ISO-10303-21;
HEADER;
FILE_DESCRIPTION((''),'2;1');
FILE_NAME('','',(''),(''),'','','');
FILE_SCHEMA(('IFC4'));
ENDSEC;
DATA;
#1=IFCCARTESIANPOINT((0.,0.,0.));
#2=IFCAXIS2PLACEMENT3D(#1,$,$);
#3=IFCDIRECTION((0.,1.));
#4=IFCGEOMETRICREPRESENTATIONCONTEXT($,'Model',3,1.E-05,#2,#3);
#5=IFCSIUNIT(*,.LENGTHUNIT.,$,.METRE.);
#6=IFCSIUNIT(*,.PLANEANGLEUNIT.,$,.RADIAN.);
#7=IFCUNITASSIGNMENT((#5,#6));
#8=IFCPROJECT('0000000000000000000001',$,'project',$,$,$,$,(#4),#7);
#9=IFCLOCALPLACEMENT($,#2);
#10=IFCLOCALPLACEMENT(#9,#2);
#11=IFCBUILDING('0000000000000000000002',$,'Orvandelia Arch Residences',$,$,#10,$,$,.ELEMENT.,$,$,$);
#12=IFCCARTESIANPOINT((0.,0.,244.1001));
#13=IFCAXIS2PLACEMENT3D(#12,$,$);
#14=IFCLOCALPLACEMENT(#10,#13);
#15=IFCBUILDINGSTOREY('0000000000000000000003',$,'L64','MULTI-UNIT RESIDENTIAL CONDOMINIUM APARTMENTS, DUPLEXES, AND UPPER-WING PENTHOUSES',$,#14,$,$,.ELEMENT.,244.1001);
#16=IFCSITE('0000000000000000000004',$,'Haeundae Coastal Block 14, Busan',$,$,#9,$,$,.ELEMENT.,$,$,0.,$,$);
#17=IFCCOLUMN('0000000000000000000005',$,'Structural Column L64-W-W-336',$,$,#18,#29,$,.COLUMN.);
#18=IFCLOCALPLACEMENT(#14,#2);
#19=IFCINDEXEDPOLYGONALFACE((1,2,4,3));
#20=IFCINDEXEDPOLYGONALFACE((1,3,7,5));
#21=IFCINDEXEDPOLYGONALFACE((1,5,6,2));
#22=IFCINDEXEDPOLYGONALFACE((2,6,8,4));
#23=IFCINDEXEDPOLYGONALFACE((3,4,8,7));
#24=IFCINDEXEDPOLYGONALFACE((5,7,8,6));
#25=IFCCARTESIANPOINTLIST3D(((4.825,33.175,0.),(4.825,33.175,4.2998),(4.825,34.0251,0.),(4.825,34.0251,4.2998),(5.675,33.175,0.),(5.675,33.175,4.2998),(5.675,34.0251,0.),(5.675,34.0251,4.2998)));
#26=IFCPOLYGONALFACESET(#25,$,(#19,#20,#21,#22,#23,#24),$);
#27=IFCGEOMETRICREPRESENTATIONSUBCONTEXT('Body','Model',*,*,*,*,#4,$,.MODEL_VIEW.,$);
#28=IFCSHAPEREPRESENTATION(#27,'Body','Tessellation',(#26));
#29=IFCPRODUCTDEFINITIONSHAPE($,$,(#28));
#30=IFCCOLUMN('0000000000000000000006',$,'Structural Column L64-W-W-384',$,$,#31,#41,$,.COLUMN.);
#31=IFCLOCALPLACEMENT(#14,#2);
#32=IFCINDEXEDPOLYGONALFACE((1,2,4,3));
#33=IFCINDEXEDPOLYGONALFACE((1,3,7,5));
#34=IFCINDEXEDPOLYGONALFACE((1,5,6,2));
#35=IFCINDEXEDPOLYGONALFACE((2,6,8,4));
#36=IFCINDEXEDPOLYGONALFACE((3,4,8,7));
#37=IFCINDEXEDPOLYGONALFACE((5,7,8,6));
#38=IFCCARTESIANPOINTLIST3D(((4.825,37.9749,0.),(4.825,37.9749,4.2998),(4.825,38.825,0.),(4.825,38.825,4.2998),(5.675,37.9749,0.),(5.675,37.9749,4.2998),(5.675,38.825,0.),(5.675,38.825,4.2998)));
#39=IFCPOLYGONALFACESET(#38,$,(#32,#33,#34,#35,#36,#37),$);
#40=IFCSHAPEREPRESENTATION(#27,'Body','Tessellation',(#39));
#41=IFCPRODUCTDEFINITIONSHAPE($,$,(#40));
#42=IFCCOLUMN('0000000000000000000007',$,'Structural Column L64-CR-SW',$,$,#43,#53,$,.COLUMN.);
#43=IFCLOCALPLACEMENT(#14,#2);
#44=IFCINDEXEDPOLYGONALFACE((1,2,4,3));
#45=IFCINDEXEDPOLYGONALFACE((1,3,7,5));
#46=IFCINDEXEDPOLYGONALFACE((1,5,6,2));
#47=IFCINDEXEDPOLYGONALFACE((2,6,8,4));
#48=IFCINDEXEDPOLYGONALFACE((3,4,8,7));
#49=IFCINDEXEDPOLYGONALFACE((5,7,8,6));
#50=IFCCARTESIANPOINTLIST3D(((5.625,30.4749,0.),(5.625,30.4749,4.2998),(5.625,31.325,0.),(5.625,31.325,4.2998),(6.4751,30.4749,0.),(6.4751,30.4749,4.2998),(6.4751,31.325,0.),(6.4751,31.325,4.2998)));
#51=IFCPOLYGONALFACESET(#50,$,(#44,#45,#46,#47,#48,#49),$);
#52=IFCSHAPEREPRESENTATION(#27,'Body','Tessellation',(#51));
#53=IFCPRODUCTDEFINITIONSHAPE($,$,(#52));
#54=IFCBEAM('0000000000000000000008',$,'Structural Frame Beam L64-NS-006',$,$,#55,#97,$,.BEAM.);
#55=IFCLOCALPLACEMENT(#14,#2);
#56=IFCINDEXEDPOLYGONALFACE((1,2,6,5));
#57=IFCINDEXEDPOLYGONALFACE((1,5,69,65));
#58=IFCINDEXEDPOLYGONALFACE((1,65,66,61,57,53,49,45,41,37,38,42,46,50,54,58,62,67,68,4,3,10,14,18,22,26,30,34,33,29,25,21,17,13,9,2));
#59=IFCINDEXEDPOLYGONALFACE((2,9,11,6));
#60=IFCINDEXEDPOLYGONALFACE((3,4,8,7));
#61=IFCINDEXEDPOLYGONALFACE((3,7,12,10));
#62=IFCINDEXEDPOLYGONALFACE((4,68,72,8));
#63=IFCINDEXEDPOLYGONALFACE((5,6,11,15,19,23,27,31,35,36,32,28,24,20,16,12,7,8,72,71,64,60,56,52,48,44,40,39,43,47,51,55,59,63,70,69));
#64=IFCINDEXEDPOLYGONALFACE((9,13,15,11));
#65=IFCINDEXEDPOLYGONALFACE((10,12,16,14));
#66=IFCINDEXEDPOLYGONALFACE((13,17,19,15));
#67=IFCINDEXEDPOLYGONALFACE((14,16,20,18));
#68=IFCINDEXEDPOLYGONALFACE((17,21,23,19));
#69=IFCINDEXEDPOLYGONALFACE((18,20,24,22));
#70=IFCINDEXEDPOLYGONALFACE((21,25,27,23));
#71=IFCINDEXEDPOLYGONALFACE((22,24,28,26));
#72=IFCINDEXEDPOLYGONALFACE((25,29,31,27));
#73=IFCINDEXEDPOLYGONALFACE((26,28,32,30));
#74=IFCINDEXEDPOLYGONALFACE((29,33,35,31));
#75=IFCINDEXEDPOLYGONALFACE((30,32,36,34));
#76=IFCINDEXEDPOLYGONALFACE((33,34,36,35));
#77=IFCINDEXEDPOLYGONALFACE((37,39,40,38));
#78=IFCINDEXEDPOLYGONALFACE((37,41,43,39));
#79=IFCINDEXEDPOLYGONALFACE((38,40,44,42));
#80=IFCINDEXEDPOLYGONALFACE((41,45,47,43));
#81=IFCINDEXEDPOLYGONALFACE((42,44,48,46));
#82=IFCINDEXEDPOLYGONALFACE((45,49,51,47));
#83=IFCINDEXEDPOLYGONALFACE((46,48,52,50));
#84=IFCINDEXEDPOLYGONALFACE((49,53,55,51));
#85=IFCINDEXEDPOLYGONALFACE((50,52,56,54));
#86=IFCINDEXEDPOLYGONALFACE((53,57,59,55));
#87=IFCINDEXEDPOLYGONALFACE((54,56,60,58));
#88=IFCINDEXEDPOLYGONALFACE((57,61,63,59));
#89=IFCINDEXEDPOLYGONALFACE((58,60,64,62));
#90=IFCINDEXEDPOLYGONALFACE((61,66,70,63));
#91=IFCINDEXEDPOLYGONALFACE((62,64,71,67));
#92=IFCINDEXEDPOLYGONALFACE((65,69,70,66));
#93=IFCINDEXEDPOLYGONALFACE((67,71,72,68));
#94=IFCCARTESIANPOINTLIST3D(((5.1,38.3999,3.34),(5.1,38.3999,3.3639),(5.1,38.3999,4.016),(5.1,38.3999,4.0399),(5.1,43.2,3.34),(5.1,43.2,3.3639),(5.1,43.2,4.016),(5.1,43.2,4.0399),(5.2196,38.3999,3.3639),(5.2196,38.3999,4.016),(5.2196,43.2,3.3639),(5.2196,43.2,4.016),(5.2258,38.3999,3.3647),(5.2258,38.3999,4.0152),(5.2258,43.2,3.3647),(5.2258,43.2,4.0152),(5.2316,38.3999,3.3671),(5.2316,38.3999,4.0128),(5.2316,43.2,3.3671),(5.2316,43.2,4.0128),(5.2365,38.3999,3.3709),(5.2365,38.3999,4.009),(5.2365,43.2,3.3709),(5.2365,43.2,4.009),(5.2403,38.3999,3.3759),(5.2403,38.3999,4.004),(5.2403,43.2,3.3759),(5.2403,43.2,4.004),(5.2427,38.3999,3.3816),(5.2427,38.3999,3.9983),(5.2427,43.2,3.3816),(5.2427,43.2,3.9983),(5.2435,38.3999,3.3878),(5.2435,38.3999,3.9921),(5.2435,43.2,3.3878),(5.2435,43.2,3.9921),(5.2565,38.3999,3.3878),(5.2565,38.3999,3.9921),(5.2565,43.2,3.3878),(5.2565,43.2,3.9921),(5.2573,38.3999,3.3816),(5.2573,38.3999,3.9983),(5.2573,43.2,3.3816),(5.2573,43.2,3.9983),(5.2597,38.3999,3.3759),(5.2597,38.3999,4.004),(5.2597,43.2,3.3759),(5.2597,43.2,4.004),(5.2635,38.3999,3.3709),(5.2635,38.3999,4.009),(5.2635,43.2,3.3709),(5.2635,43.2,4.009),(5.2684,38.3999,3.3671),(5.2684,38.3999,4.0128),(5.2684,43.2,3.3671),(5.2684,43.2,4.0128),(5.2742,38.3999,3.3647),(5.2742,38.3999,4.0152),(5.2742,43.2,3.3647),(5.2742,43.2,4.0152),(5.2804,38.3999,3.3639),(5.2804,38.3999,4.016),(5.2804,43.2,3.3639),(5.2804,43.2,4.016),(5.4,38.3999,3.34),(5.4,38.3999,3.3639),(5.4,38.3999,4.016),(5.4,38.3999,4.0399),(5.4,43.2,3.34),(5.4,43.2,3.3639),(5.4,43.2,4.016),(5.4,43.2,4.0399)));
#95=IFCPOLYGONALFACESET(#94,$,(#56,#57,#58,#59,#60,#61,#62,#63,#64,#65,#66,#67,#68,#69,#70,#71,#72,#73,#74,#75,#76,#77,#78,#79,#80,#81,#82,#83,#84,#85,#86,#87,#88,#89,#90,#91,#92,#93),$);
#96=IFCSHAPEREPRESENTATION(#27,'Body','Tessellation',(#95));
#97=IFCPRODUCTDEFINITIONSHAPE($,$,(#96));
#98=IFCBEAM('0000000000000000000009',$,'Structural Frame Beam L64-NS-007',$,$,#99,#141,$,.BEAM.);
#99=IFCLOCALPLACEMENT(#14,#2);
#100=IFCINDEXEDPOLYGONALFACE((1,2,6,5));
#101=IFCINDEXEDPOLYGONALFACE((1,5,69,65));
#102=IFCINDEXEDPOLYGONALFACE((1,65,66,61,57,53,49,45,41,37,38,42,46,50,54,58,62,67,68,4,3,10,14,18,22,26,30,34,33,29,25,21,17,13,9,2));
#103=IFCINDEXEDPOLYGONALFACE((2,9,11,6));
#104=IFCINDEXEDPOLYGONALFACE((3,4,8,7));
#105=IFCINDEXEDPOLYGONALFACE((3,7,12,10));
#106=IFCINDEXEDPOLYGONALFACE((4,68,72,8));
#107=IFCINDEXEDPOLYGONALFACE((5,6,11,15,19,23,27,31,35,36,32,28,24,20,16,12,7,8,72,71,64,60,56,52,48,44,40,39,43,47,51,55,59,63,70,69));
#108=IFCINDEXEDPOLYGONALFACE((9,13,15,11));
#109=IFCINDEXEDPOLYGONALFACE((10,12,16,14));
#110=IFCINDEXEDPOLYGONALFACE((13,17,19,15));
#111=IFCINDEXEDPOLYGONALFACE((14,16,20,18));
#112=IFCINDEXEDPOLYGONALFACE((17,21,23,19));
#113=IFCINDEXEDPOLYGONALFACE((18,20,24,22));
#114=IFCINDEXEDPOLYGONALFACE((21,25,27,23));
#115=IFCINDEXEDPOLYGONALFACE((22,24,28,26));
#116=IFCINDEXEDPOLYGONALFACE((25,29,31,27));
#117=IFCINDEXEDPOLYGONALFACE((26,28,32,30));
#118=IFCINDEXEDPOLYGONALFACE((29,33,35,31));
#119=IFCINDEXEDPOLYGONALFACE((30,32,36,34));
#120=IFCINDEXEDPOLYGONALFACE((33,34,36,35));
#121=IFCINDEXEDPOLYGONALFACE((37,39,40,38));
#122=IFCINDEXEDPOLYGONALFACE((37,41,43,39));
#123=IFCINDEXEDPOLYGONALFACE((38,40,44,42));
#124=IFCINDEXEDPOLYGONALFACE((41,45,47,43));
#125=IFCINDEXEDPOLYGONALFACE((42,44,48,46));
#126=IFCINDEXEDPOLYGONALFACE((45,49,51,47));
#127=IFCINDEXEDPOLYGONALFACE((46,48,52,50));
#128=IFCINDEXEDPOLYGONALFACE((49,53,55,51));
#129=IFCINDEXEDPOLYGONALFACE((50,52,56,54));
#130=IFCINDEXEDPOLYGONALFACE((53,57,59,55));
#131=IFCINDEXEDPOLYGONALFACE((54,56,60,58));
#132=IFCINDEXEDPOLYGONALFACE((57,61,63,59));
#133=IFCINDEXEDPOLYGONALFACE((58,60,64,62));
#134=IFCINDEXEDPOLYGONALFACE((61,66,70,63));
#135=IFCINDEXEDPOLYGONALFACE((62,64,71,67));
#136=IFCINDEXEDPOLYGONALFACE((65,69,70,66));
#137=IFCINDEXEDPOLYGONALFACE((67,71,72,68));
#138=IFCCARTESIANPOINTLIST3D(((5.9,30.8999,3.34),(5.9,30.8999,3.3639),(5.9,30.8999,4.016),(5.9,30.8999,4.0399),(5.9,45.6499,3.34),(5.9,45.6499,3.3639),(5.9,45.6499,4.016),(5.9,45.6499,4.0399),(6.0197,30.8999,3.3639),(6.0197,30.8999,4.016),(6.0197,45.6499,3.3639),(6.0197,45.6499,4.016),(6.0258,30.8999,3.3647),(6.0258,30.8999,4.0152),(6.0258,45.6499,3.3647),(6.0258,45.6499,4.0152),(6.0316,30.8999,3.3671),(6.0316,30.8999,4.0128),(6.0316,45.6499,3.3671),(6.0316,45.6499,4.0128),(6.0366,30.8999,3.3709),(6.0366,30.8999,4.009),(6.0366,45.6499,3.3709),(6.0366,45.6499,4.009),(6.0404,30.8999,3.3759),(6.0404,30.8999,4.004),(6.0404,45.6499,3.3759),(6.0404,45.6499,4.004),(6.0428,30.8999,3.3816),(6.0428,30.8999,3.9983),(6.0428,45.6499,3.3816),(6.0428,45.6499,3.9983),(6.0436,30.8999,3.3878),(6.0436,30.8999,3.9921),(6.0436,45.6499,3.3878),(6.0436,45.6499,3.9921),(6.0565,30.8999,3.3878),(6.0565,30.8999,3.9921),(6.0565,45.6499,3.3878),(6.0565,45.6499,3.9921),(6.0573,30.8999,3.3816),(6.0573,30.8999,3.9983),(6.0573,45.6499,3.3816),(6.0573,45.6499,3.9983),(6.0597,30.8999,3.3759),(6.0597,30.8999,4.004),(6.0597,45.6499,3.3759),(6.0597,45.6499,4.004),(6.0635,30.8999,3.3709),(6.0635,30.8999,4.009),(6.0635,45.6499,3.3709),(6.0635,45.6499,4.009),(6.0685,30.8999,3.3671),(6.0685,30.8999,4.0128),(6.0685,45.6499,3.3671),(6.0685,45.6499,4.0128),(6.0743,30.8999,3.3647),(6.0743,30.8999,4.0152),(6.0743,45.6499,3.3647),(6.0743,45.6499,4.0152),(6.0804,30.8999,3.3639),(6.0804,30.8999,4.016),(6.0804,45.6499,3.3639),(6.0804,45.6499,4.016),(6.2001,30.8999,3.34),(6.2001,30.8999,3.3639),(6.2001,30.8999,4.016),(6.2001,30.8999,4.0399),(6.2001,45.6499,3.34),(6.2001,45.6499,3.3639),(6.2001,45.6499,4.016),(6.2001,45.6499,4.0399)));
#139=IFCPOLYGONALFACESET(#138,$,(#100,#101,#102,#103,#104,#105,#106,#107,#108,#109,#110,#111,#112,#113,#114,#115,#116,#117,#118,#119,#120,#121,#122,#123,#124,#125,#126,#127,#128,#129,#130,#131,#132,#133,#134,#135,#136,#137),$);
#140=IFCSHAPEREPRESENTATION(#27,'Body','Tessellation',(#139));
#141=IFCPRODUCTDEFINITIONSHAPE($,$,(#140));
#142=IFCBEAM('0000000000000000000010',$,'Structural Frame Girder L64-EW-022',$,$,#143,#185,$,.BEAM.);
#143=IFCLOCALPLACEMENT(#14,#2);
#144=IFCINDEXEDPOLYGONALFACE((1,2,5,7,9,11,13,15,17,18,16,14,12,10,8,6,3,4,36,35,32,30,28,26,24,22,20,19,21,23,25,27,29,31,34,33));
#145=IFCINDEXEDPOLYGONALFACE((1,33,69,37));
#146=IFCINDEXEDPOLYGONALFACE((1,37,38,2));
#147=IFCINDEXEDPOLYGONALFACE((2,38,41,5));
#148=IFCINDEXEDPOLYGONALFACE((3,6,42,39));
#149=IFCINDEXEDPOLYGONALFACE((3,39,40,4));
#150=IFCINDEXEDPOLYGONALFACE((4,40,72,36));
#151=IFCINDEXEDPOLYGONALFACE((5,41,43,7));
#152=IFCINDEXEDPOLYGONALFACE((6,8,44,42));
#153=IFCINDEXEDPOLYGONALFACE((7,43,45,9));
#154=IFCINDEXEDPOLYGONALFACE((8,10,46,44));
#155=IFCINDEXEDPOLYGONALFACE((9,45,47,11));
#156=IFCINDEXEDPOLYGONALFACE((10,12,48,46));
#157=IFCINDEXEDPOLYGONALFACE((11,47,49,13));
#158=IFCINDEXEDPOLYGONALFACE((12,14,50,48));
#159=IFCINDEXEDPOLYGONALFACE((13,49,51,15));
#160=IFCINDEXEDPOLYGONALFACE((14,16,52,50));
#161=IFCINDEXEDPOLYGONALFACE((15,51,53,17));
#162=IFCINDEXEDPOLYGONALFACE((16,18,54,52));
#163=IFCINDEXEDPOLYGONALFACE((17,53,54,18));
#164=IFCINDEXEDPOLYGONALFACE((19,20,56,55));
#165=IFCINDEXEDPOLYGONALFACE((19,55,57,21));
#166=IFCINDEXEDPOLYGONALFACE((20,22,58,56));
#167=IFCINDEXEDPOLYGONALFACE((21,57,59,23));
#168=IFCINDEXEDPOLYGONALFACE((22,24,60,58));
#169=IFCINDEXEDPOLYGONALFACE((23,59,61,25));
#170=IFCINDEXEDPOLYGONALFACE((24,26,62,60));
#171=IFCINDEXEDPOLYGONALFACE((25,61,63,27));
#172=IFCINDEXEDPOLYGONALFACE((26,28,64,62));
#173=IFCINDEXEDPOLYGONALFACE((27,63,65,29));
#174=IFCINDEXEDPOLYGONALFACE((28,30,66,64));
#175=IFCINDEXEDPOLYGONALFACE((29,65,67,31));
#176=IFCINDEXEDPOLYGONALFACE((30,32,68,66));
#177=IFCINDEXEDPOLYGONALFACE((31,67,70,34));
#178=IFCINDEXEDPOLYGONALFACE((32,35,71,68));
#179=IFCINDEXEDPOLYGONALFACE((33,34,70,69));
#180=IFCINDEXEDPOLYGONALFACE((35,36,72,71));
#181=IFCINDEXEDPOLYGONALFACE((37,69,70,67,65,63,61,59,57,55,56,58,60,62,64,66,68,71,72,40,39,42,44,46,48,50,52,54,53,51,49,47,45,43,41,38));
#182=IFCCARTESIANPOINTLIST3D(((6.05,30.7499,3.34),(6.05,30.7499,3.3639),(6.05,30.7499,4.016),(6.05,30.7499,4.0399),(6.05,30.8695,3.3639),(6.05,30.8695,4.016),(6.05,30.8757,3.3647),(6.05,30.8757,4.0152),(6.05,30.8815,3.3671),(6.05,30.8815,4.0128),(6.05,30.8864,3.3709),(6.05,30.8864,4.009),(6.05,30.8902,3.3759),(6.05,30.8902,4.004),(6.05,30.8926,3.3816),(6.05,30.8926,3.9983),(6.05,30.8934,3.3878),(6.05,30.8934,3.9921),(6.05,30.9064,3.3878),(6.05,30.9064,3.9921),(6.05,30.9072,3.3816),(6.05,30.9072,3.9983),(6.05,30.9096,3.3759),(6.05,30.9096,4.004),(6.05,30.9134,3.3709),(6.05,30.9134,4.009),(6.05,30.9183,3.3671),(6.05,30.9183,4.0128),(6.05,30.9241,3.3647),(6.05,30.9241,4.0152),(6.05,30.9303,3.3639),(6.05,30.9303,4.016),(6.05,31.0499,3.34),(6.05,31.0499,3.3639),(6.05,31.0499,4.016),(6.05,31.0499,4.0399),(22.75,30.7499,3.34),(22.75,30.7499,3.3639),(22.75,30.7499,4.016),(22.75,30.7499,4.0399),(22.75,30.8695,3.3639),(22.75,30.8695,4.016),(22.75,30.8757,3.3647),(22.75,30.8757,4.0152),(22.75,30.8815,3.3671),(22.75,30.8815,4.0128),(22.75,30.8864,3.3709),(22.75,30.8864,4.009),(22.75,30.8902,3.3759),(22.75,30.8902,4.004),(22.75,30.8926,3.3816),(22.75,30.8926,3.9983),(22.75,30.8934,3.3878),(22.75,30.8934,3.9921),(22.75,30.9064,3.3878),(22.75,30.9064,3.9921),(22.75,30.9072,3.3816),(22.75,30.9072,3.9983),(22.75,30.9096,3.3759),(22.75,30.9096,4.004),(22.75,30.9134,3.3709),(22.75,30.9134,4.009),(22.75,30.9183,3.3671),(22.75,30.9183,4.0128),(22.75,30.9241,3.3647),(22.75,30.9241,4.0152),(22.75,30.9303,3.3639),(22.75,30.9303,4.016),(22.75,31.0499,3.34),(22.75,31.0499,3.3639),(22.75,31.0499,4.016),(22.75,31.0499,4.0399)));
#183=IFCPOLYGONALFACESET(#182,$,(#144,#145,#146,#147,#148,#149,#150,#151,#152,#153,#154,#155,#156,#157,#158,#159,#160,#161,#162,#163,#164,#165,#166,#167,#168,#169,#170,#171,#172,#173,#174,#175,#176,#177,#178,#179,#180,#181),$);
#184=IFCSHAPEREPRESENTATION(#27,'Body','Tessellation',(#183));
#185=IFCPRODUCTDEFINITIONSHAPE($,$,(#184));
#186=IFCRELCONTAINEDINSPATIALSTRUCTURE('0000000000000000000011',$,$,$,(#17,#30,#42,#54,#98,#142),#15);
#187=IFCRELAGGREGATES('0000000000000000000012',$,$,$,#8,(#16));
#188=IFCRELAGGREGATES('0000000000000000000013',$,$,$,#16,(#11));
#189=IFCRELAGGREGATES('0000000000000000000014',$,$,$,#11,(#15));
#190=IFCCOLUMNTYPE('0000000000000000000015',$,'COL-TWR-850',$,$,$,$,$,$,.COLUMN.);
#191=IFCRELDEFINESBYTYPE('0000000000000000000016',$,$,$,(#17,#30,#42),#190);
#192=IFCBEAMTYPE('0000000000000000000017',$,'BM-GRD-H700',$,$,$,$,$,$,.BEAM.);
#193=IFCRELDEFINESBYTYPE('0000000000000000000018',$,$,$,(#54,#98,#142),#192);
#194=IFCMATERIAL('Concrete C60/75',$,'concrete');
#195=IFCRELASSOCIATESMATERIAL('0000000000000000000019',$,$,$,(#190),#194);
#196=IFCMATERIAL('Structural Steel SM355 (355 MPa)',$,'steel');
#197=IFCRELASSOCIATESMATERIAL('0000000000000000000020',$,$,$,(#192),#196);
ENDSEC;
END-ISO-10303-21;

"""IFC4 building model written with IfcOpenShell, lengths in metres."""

from ifc_helpers import new_model, si_unit, direction, frame, origin, origin_2d, place, context, subcontext, project, spatial, rectangle, i_section, extrude, material, material_profile, profile_set, type_object, element, save


model = new_model("IFC4")

# Units and contexts
model_context = context("Model", 3, precision=1e-05, world=origin(), true_north=direction((0.0, 1.0)))
body_context = subcontext(model_context, "Body", "Model", "MODEL_VIEW")
ifc_project = project(units=[si_unit("LENGTHUNIT", "METRE"), si_unit("PLANEANGLEUNIT", "RADIAN")], contexts=[model_context])

# Site, building, storey
site_placement = place(None, origin())
site = spatial("IfcSite", under=ifc_project, at=site_placement, Name="Haeundae Coastal Block 14, Busan", CompositionType="ELEMENT", RefElevation=0.0)
building_placement = place(site_placement, origin())
building = spatial("IfcBuilding", under=site, at=building_placement, Name="Orvandelia Arch Residences", CompositionType="ELEMENT")
storey_placement = place(building_placement, frame((0.0, 0.0, 244.1001)))
storey = spatial("IfcBuildingStorey", under=building, at=storey_placement, Name="L64", Description="MULTI-UNIT RESIDENTIAL CONDOMINIUM APARTMENTS, DUPLEXES, AND UPPER-WING PENTHOUSES", CompositionType="ELEMENT", Elevation=244.1001)

# Columns
ifc_material_1 = material(Name="Concrete C60/75", Category="concrete")
ifc_material_profile_1 = material_profile(ifc_material_1, rectangle(XDim=0.8501, YDim=0.8501, at=origin_2d()), Name="Concrete C60/75", Category="concrete")
ifc_profile_set_1 = profile_set([ifc_material_profile_1], Name="Concrete C60/75")
column_type = type_object("IfcColumnType", Name="COL-TWR-850", PredefinedType="COLUMN", material=ifc_profile_set_1)
for number, where, z_axis, x_axis, name in (
    (1, (5.25, 33.6001, 0.0), (0.0, 0.0, 1.0), (1.0, 0.0, 0.0), "Structural Column L64-W-W-336"),
    (2, (5.25, 38.3999, 0.0), (0.0, 0.0, 1.0), (1.0, 0.0, 0.0), "Structural Column L64-W-W-384"),
    (3, (6.05, 30.8999, 0.0), (0.0, 0.0, 1.0), (1.0, 0.0, 0.0), "Structural Column L64-CR-SW"),
):
    element("IfcColumn", number, at=place(storey_placement, frame(where, z_axis=z_axis, x_axis=x_axis)), inside=storey, type_object=column_type, Name=name, PredefinedType="COLUMN", context=body_context, shape_type="SweptSolid", body=[
        extrude(rectangle(XDim=0.8501, YDim=0.8501, at=origin_2d()), origin(), (0.0, 0.0, 1.0), 4.2998),
    ])

# Beams
ifc_material_2 = material(Name="Structural Steel SM355 (355 MPa)", Category="steel")
ifc_material_profile_2 = material_profile(ifc_material_2, i_section(OverallWidth=0.3, OverallDepth=0.7, WebThickness=0.0129, FlangeThickness=0.0239, FilletRadius=0.0239, at=origin_2d()), Name="Structural Steel SM355 (355 MPa)", Category="steel")
ifc_profile_set_2 = profile_set([ifc_material_profile_2], Name="Structural Steel SM355 (355 MPa)")
beam_type_1 = type_object("IfcBeamType", Name="BM-GRD-H700", PredefinedType="BEAM", material=ifc_profile_set_2)
beam_1_placement = place(storey_placement, frame((5.25, 38.3999, 3.6899), z_axis=(0.0, 1.0, 0.0), x_axis=(-1.0, 0.0, 0.0)))
element("IfcBeam", 4, at=beam_1_placement, inside=storey, type_object=beam_type_1, Name="Structural Frame Beam L64-NS-006", PredefinedType="BEAM", context=body_context, shape_type="SweptSolid", body=[
    extrude(i_section(OverallWidth=0.3, OverallDepth=0.7, WebThickness=0.0129, FlangeThickness=0.0239, FilletRadius=0.0239, at=origin_2d()), origin(), (0.0, 0.0, 1.0), 4.8),
])
beam_2_placement = place(storey_placement, frame((6.05, 30.8999, 3.6899), z_axis=(0.0, 1.0, 0.0), x_axis=(-1.0, 0.0, 0.0)))
element("IfcBeam", 5, at=beam_2_placement, inside=storey, type_object=beam_type_1, Name="Structural Frame Beam L64-NS-007", PredefinedType="BEAM", context=body_context, shape_type="SweptSolid", body=[
    extrude(i_section(OverallWidth=0.3, OverallDepth=0.7, WebThickness=0.0129, FlangeThickness=0.0239, FilletRadius=0.0239, at=origin_2d()), origin(), (0.0, 0.0, 1.0), 14.75),
])
beam_3_placement = place(storey_placement, frame((6.05, 30.8999, 3.6899), z_axis=(1.0, 0.0, 0.0), x_axis=(0.0, 1.0, 0.0)))
element("IfcBeam", 6, at=beam_3_placement, inside=storey, type_object=beam_type_1, Name="Structural Frame Girder L64-EW-022", PredefinedType="BEAM", context=body_context, shape_type="SweptSolid", body=[
    extrude(i_section(OverallWidth=0.3, OverallDepth=0.7, WebThickness=0.0129, FlangeThickness=0.0239, FilletRadius=0.0239, at=origin_2d()), origin(), (0.0, 0.0, 1.0), 16.7),
])

save(model, "model.ifc")
